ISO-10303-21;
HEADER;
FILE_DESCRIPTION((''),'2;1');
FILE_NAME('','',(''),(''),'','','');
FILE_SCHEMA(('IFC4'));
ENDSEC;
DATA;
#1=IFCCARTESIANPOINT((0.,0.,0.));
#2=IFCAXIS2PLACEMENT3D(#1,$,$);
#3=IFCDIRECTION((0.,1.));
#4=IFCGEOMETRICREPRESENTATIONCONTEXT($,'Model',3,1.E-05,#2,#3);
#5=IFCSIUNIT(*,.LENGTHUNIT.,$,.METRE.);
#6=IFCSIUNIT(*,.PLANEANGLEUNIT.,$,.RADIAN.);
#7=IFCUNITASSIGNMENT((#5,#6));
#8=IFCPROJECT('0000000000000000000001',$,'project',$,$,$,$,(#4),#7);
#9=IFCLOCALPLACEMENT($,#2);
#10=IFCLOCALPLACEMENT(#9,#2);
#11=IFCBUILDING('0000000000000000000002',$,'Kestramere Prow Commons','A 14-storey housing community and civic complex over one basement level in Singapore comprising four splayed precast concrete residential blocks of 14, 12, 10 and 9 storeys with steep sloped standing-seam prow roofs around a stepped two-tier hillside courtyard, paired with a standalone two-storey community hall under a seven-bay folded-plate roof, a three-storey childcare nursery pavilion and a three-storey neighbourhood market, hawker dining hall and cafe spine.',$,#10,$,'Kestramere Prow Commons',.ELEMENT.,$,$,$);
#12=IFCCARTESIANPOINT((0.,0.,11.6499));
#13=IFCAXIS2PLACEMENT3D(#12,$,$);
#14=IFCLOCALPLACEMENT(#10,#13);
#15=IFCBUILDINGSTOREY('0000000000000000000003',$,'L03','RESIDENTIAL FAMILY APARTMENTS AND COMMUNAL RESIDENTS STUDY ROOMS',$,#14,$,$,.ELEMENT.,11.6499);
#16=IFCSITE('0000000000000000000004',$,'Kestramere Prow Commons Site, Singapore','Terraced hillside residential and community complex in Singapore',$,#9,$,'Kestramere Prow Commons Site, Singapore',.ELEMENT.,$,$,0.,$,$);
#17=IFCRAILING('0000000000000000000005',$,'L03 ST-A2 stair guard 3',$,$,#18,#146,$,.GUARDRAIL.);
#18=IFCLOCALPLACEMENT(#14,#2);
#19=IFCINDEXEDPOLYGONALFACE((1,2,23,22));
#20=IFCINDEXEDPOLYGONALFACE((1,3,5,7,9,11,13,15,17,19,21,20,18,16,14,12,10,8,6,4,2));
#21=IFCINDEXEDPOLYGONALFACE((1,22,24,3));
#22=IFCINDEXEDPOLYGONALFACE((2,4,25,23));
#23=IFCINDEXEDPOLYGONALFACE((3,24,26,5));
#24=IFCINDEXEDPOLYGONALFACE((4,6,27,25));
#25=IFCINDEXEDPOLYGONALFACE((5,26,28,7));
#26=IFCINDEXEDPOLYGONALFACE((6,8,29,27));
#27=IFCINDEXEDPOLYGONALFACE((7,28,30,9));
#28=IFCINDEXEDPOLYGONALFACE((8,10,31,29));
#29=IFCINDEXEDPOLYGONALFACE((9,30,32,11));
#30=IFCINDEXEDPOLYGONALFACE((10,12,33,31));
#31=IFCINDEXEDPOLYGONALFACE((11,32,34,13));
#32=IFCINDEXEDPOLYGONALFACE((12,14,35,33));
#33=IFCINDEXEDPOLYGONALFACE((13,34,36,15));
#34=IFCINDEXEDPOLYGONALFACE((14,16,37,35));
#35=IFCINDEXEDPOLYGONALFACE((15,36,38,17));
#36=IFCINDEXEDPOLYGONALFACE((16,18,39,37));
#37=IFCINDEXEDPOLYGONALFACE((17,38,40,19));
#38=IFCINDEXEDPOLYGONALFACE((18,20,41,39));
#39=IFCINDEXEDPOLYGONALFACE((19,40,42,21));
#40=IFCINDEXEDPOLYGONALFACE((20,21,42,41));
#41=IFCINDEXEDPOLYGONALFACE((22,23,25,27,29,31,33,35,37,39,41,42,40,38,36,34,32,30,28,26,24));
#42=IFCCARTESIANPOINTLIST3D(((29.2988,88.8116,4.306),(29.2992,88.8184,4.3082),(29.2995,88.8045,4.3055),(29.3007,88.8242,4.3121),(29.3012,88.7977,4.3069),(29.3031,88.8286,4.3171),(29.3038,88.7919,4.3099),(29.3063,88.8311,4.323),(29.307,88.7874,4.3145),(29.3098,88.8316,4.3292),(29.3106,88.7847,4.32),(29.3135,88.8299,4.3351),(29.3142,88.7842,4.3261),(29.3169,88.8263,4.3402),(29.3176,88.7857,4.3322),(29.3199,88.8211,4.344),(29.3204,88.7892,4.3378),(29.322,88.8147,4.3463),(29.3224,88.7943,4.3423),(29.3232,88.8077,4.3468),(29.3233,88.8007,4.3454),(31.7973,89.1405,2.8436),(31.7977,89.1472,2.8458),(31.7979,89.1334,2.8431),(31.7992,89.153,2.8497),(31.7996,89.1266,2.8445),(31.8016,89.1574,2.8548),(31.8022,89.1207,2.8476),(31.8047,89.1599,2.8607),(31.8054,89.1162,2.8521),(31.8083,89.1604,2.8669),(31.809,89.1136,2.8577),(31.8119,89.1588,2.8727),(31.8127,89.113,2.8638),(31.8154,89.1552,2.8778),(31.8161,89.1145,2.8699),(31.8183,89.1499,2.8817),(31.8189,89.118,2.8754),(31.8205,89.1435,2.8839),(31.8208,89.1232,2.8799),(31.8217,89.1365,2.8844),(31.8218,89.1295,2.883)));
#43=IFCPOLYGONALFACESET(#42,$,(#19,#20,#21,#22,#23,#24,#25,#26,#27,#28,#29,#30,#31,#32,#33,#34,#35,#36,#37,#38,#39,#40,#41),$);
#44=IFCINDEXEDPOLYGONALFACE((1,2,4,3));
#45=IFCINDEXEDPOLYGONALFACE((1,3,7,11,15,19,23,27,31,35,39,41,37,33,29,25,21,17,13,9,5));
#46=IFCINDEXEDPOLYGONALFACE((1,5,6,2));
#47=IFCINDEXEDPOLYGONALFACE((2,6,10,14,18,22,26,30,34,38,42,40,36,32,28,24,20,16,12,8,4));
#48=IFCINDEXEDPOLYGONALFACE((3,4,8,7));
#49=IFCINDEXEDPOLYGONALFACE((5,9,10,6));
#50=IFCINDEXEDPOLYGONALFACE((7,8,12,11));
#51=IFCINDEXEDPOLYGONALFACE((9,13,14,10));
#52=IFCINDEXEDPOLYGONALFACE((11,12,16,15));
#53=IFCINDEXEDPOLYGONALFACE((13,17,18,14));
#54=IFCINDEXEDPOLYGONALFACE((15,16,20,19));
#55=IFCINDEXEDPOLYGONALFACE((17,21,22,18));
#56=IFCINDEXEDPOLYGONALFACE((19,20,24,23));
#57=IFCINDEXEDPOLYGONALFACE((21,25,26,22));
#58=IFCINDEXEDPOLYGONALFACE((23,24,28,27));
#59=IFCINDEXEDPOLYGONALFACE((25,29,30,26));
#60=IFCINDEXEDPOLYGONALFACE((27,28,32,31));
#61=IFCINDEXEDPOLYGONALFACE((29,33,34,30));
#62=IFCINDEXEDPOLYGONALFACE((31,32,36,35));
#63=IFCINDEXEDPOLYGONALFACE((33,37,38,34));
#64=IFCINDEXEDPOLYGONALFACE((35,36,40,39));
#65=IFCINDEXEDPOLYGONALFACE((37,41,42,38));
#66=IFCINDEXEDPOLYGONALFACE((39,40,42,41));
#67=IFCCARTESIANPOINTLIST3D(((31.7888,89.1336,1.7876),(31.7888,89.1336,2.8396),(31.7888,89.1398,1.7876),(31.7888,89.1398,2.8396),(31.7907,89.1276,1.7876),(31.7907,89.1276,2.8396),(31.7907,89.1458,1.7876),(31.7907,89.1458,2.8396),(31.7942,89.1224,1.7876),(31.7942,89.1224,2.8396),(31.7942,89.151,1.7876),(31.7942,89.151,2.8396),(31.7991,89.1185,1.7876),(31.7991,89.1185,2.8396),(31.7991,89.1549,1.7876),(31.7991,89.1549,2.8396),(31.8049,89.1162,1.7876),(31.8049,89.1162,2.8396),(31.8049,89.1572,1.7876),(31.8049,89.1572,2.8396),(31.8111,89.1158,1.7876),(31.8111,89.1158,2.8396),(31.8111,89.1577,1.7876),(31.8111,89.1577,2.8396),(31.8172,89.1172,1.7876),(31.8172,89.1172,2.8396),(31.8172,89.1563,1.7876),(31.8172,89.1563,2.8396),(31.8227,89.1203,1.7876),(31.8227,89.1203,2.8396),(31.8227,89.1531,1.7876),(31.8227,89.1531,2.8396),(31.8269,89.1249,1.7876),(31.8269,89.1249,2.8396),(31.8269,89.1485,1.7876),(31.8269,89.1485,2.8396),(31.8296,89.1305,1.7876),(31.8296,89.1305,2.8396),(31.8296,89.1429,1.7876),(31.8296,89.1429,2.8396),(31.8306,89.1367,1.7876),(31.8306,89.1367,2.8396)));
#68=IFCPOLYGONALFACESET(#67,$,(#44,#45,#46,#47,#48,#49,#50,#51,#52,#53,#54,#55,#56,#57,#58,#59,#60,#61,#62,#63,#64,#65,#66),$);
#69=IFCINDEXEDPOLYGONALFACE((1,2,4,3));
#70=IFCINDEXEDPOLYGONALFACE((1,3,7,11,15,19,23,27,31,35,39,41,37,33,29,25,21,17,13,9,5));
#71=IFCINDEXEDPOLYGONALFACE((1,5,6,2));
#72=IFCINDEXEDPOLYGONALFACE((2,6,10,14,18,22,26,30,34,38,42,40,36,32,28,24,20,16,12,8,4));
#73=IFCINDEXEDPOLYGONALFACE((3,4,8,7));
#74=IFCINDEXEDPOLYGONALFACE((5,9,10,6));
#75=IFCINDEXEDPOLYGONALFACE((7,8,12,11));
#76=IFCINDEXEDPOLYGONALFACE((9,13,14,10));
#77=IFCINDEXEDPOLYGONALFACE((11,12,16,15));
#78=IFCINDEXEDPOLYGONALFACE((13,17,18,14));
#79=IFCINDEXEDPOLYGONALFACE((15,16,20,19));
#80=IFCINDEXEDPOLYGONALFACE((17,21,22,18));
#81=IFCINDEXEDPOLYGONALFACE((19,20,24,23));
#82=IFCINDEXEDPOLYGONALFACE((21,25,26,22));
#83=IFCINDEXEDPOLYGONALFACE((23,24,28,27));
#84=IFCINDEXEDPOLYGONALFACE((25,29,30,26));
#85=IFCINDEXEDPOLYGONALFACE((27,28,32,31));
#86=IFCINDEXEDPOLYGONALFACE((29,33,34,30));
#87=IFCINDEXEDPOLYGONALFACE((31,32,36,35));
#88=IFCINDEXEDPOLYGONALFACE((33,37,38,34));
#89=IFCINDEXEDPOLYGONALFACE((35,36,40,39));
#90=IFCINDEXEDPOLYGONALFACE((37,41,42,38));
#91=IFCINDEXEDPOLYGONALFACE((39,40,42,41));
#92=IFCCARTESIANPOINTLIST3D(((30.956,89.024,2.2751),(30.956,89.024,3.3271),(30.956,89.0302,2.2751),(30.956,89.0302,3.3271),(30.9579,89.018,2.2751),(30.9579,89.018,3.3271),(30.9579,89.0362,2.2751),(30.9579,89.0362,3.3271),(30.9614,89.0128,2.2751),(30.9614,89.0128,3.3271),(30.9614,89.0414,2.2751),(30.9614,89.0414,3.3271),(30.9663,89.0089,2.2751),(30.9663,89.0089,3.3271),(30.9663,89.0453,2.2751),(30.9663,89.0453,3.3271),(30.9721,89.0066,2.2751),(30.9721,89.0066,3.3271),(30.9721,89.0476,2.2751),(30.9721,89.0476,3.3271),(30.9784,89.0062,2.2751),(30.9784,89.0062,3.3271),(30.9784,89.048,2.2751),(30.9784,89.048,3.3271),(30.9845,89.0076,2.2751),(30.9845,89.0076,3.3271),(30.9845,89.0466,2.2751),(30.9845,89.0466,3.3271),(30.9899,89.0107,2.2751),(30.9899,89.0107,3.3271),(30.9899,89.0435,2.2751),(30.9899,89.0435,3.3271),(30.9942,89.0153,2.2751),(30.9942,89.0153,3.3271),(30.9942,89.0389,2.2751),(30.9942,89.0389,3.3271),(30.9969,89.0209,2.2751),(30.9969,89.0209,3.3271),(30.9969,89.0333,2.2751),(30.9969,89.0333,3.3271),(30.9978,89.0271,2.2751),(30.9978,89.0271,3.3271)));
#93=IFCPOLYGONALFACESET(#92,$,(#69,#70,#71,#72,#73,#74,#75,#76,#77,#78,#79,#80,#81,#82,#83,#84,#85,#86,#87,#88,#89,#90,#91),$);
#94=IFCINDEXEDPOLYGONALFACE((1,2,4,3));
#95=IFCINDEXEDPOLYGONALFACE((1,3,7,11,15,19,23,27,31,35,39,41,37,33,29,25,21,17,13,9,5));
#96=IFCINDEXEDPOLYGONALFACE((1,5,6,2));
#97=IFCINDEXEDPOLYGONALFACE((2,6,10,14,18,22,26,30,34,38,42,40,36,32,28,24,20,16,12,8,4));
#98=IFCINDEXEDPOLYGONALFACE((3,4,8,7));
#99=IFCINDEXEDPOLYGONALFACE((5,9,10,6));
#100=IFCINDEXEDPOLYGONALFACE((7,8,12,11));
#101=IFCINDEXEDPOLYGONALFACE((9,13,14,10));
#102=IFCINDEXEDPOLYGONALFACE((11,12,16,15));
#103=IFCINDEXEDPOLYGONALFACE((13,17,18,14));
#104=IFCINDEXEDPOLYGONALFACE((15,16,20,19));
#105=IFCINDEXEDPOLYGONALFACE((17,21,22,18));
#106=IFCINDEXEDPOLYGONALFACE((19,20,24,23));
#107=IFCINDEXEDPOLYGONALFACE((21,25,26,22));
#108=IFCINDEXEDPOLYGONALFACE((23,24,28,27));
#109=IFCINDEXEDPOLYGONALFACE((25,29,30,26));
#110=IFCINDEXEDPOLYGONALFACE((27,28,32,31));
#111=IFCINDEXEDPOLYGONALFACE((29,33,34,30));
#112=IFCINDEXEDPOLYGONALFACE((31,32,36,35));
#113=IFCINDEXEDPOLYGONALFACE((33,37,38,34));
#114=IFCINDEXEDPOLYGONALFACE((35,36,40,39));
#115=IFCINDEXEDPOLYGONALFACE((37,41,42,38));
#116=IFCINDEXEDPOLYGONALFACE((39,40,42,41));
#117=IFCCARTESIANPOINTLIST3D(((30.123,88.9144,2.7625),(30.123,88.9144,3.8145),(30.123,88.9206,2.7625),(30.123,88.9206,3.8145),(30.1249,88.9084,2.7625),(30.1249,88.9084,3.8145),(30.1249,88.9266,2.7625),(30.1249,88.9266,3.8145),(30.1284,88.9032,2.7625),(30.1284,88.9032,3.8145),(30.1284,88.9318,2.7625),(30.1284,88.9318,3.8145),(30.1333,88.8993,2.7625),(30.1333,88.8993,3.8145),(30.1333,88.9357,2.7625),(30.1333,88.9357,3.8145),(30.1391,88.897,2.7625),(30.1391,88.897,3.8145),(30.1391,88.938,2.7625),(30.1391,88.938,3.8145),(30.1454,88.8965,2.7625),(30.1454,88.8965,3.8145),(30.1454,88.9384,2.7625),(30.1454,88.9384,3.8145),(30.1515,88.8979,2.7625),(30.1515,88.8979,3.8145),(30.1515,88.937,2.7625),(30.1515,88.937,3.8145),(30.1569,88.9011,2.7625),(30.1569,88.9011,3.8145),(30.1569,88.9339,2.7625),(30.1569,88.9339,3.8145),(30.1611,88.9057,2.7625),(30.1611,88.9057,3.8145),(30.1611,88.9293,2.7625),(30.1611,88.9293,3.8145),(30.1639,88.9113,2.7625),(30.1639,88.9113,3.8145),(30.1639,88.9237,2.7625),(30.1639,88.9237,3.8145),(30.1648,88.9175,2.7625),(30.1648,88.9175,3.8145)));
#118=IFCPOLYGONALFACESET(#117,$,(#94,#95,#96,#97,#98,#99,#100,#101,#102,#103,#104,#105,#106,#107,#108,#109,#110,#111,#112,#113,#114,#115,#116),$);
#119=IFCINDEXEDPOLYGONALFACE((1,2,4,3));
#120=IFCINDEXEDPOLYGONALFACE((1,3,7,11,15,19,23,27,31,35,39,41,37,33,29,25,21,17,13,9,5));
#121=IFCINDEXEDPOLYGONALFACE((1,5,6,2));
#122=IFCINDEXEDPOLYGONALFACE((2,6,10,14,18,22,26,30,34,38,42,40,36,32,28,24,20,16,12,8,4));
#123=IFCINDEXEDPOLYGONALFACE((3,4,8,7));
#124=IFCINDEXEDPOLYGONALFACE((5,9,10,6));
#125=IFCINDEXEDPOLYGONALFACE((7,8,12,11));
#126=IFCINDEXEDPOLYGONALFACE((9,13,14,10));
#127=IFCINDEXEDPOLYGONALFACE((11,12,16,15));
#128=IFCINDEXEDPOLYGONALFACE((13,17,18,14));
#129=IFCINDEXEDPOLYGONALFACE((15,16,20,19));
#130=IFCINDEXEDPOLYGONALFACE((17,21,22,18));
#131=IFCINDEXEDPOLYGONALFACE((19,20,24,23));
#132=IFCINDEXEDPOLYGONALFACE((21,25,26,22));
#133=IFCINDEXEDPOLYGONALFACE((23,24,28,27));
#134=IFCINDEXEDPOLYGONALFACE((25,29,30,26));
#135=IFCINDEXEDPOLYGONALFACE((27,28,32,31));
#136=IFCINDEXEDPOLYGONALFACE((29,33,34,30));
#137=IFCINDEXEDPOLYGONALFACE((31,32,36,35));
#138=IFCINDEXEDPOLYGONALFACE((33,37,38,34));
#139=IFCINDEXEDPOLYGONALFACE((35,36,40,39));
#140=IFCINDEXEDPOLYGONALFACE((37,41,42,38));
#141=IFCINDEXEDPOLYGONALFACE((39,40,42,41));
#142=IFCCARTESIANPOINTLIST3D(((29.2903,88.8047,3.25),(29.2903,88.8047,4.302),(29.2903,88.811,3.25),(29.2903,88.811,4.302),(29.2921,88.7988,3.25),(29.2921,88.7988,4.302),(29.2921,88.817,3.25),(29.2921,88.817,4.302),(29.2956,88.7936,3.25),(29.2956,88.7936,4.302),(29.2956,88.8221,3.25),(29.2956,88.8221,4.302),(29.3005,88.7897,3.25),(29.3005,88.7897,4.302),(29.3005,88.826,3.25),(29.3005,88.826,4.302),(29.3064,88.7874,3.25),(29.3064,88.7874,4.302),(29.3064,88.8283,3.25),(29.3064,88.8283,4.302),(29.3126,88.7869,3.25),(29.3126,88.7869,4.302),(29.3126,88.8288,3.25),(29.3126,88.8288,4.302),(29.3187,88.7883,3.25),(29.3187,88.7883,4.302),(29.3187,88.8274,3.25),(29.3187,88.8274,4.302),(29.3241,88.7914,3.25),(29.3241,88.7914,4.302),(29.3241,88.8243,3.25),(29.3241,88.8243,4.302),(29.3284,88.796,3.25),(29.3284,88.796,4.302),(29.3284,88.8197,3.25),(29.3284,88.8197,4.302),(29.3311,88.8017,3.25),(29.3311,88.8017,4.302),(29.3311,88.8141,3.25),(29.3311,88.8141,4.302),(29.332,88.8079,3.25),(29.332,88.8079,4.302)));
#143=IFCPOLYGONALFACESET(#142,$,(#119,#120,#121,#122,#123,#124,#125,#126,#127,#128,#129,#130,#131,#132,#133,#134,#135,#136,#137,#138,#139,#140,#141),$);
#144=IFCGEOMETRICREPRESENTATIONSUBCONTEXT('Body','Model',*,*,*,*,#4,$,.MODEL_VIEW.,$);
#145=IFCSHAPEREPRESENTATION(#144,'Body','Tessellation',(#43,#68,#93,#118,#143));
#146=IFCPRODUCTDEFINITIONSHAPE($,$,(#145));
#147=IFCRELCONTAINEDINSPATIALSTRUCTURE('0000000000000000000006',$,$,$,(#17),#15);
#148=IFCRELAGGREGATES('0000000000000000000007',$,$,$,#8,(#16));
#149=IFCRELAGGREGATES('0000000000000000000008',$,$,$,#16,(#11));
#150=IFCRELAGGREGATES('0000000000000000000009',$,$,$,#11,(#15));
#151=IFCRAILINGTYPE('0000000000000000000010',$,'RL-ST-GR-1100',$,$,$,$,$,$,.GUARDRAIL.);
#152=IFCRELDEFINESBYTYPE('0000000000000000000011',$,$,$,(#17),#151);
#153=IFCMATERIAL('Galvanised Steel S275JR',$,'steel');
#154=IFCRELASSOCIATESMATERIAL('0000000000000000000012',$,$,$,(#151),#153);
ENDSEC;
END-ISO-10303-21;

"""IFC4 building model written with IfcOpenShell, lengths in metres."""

from ifc_helpers import new_model, si_unit, direction, frame, origin, origin_2d, place, context, subcontext, project, spatial, circle, extrude, material, type_object, element, save


model = new_model("IFC4")

# Units and contexts
model_context = context("Model", 3, precision=1e-05, world=origin(), true_north=direction((0.0, 1.0)))
body_context = subcontext(model_context, "Body", "Model", "MODEL_VIEW")
ifc_project = project(units=[si_unit("LENGTHUNIT", "METRE"), si_unit("PLANEANGLEUNIT", "RADIAN")], contexts=[model_context])

# Site, building, storey
site_placement = place(None, origin())
site = spatial("IfcSite", under=ifc_project, at=site_placement, Name="Kestramere Prow Commons Site, Singapore", Description="Terraced hillside residential and community complex in Singapore", LongName="Kestramere Prow Commons Site, Singapore", CompositionType="ELEMENT", RefElevation=0.0)
building_placement = place(site_placement, origin())
building = spatial("IfcBuilding", under=site, at=building_placement, Name="Kestramere Prow Commons", Description="A 14-storey housing community and civic complex over one basement level in Singapore comprising four splayed precast concrete residential blocks of 14, 12, 10 and 9 storeys with steep sloped standing-seam prow roofs around a stepped two-tier hillside courtyard, paired with a standalone two-storey community hall under a seven-bay folded-plate roof, a three-storey childcare nursery pavilion and a three-storey neighbourhood market, hawker dining hall and cafe spine.", LongName="Kestramere Prow Commons", CompositionType="ELEMENT")
storey_placement = place(building_placement, frame((0.0, 0.0, 11.6499)))
storey = spatial("IfcBuildingStorey", under=building, at=storey_placement, Name="L03", Description="RESIDENTIAL FAMILY APARTMENTS AND COMMUNAL RESIDENTS STUDY ROOMS", CompositionType="ELEMENT", Elevation=11.6499)

# Railing
ifc_material_1 = material(Name="Galvanised Steel S275JR", Category="steel")
railing_type_1 = type_object("IfcRailingType", Name="RL-ST-GR-1100", PredefinedType="GUARDRAIL", material=ifc_material_1)
railing_1_placement = place(storey_placement, frame((31.8096, 89.1367, 1.7876)))
element("IfcRailing", 1, at=railing_1_placement, inside=storey, type_object=railing_type_1, Name="L03 ST-A2 stair guard 3", PredefinedType="GUARDRAIL", context=body_context, shape_type="SweptSolid", body=[
    extrude(circle(Radius=0.0239, at=origin_2d()), frame((0.0, 0.0, 1.0762), z_axis=(-0.857523, -0.112867, 0.501912), x_axis=(0.130495, -0.991449, 0.0)), (0.0, 0.0, 1.0), 2.9136),
    extrude(circle(Radius=0.021, at=origin_2d()), origin(), (0.0, 0.0, 1.0), 1.052),
    extrude(circle(Radius=0.021, at=origin_2d()), frame((-0.8328, -0.1096, 0.4875)), (0.0, 0.0, 1.0), 1.052),
    extrude(circle(Radius=0.021, at=origin_2d()), frame((-1.6658, -0.2192, 0.9749)), (0.0, 0.0, 1.0), 1.052),
    extrude(circle(Radius=0.021, at=origin_2d()), frame((-2.4985, -0.3289, 1.4624)), (0.0, 0.0, 1.0), 1.052),
])

save(model, "model.ifc")
